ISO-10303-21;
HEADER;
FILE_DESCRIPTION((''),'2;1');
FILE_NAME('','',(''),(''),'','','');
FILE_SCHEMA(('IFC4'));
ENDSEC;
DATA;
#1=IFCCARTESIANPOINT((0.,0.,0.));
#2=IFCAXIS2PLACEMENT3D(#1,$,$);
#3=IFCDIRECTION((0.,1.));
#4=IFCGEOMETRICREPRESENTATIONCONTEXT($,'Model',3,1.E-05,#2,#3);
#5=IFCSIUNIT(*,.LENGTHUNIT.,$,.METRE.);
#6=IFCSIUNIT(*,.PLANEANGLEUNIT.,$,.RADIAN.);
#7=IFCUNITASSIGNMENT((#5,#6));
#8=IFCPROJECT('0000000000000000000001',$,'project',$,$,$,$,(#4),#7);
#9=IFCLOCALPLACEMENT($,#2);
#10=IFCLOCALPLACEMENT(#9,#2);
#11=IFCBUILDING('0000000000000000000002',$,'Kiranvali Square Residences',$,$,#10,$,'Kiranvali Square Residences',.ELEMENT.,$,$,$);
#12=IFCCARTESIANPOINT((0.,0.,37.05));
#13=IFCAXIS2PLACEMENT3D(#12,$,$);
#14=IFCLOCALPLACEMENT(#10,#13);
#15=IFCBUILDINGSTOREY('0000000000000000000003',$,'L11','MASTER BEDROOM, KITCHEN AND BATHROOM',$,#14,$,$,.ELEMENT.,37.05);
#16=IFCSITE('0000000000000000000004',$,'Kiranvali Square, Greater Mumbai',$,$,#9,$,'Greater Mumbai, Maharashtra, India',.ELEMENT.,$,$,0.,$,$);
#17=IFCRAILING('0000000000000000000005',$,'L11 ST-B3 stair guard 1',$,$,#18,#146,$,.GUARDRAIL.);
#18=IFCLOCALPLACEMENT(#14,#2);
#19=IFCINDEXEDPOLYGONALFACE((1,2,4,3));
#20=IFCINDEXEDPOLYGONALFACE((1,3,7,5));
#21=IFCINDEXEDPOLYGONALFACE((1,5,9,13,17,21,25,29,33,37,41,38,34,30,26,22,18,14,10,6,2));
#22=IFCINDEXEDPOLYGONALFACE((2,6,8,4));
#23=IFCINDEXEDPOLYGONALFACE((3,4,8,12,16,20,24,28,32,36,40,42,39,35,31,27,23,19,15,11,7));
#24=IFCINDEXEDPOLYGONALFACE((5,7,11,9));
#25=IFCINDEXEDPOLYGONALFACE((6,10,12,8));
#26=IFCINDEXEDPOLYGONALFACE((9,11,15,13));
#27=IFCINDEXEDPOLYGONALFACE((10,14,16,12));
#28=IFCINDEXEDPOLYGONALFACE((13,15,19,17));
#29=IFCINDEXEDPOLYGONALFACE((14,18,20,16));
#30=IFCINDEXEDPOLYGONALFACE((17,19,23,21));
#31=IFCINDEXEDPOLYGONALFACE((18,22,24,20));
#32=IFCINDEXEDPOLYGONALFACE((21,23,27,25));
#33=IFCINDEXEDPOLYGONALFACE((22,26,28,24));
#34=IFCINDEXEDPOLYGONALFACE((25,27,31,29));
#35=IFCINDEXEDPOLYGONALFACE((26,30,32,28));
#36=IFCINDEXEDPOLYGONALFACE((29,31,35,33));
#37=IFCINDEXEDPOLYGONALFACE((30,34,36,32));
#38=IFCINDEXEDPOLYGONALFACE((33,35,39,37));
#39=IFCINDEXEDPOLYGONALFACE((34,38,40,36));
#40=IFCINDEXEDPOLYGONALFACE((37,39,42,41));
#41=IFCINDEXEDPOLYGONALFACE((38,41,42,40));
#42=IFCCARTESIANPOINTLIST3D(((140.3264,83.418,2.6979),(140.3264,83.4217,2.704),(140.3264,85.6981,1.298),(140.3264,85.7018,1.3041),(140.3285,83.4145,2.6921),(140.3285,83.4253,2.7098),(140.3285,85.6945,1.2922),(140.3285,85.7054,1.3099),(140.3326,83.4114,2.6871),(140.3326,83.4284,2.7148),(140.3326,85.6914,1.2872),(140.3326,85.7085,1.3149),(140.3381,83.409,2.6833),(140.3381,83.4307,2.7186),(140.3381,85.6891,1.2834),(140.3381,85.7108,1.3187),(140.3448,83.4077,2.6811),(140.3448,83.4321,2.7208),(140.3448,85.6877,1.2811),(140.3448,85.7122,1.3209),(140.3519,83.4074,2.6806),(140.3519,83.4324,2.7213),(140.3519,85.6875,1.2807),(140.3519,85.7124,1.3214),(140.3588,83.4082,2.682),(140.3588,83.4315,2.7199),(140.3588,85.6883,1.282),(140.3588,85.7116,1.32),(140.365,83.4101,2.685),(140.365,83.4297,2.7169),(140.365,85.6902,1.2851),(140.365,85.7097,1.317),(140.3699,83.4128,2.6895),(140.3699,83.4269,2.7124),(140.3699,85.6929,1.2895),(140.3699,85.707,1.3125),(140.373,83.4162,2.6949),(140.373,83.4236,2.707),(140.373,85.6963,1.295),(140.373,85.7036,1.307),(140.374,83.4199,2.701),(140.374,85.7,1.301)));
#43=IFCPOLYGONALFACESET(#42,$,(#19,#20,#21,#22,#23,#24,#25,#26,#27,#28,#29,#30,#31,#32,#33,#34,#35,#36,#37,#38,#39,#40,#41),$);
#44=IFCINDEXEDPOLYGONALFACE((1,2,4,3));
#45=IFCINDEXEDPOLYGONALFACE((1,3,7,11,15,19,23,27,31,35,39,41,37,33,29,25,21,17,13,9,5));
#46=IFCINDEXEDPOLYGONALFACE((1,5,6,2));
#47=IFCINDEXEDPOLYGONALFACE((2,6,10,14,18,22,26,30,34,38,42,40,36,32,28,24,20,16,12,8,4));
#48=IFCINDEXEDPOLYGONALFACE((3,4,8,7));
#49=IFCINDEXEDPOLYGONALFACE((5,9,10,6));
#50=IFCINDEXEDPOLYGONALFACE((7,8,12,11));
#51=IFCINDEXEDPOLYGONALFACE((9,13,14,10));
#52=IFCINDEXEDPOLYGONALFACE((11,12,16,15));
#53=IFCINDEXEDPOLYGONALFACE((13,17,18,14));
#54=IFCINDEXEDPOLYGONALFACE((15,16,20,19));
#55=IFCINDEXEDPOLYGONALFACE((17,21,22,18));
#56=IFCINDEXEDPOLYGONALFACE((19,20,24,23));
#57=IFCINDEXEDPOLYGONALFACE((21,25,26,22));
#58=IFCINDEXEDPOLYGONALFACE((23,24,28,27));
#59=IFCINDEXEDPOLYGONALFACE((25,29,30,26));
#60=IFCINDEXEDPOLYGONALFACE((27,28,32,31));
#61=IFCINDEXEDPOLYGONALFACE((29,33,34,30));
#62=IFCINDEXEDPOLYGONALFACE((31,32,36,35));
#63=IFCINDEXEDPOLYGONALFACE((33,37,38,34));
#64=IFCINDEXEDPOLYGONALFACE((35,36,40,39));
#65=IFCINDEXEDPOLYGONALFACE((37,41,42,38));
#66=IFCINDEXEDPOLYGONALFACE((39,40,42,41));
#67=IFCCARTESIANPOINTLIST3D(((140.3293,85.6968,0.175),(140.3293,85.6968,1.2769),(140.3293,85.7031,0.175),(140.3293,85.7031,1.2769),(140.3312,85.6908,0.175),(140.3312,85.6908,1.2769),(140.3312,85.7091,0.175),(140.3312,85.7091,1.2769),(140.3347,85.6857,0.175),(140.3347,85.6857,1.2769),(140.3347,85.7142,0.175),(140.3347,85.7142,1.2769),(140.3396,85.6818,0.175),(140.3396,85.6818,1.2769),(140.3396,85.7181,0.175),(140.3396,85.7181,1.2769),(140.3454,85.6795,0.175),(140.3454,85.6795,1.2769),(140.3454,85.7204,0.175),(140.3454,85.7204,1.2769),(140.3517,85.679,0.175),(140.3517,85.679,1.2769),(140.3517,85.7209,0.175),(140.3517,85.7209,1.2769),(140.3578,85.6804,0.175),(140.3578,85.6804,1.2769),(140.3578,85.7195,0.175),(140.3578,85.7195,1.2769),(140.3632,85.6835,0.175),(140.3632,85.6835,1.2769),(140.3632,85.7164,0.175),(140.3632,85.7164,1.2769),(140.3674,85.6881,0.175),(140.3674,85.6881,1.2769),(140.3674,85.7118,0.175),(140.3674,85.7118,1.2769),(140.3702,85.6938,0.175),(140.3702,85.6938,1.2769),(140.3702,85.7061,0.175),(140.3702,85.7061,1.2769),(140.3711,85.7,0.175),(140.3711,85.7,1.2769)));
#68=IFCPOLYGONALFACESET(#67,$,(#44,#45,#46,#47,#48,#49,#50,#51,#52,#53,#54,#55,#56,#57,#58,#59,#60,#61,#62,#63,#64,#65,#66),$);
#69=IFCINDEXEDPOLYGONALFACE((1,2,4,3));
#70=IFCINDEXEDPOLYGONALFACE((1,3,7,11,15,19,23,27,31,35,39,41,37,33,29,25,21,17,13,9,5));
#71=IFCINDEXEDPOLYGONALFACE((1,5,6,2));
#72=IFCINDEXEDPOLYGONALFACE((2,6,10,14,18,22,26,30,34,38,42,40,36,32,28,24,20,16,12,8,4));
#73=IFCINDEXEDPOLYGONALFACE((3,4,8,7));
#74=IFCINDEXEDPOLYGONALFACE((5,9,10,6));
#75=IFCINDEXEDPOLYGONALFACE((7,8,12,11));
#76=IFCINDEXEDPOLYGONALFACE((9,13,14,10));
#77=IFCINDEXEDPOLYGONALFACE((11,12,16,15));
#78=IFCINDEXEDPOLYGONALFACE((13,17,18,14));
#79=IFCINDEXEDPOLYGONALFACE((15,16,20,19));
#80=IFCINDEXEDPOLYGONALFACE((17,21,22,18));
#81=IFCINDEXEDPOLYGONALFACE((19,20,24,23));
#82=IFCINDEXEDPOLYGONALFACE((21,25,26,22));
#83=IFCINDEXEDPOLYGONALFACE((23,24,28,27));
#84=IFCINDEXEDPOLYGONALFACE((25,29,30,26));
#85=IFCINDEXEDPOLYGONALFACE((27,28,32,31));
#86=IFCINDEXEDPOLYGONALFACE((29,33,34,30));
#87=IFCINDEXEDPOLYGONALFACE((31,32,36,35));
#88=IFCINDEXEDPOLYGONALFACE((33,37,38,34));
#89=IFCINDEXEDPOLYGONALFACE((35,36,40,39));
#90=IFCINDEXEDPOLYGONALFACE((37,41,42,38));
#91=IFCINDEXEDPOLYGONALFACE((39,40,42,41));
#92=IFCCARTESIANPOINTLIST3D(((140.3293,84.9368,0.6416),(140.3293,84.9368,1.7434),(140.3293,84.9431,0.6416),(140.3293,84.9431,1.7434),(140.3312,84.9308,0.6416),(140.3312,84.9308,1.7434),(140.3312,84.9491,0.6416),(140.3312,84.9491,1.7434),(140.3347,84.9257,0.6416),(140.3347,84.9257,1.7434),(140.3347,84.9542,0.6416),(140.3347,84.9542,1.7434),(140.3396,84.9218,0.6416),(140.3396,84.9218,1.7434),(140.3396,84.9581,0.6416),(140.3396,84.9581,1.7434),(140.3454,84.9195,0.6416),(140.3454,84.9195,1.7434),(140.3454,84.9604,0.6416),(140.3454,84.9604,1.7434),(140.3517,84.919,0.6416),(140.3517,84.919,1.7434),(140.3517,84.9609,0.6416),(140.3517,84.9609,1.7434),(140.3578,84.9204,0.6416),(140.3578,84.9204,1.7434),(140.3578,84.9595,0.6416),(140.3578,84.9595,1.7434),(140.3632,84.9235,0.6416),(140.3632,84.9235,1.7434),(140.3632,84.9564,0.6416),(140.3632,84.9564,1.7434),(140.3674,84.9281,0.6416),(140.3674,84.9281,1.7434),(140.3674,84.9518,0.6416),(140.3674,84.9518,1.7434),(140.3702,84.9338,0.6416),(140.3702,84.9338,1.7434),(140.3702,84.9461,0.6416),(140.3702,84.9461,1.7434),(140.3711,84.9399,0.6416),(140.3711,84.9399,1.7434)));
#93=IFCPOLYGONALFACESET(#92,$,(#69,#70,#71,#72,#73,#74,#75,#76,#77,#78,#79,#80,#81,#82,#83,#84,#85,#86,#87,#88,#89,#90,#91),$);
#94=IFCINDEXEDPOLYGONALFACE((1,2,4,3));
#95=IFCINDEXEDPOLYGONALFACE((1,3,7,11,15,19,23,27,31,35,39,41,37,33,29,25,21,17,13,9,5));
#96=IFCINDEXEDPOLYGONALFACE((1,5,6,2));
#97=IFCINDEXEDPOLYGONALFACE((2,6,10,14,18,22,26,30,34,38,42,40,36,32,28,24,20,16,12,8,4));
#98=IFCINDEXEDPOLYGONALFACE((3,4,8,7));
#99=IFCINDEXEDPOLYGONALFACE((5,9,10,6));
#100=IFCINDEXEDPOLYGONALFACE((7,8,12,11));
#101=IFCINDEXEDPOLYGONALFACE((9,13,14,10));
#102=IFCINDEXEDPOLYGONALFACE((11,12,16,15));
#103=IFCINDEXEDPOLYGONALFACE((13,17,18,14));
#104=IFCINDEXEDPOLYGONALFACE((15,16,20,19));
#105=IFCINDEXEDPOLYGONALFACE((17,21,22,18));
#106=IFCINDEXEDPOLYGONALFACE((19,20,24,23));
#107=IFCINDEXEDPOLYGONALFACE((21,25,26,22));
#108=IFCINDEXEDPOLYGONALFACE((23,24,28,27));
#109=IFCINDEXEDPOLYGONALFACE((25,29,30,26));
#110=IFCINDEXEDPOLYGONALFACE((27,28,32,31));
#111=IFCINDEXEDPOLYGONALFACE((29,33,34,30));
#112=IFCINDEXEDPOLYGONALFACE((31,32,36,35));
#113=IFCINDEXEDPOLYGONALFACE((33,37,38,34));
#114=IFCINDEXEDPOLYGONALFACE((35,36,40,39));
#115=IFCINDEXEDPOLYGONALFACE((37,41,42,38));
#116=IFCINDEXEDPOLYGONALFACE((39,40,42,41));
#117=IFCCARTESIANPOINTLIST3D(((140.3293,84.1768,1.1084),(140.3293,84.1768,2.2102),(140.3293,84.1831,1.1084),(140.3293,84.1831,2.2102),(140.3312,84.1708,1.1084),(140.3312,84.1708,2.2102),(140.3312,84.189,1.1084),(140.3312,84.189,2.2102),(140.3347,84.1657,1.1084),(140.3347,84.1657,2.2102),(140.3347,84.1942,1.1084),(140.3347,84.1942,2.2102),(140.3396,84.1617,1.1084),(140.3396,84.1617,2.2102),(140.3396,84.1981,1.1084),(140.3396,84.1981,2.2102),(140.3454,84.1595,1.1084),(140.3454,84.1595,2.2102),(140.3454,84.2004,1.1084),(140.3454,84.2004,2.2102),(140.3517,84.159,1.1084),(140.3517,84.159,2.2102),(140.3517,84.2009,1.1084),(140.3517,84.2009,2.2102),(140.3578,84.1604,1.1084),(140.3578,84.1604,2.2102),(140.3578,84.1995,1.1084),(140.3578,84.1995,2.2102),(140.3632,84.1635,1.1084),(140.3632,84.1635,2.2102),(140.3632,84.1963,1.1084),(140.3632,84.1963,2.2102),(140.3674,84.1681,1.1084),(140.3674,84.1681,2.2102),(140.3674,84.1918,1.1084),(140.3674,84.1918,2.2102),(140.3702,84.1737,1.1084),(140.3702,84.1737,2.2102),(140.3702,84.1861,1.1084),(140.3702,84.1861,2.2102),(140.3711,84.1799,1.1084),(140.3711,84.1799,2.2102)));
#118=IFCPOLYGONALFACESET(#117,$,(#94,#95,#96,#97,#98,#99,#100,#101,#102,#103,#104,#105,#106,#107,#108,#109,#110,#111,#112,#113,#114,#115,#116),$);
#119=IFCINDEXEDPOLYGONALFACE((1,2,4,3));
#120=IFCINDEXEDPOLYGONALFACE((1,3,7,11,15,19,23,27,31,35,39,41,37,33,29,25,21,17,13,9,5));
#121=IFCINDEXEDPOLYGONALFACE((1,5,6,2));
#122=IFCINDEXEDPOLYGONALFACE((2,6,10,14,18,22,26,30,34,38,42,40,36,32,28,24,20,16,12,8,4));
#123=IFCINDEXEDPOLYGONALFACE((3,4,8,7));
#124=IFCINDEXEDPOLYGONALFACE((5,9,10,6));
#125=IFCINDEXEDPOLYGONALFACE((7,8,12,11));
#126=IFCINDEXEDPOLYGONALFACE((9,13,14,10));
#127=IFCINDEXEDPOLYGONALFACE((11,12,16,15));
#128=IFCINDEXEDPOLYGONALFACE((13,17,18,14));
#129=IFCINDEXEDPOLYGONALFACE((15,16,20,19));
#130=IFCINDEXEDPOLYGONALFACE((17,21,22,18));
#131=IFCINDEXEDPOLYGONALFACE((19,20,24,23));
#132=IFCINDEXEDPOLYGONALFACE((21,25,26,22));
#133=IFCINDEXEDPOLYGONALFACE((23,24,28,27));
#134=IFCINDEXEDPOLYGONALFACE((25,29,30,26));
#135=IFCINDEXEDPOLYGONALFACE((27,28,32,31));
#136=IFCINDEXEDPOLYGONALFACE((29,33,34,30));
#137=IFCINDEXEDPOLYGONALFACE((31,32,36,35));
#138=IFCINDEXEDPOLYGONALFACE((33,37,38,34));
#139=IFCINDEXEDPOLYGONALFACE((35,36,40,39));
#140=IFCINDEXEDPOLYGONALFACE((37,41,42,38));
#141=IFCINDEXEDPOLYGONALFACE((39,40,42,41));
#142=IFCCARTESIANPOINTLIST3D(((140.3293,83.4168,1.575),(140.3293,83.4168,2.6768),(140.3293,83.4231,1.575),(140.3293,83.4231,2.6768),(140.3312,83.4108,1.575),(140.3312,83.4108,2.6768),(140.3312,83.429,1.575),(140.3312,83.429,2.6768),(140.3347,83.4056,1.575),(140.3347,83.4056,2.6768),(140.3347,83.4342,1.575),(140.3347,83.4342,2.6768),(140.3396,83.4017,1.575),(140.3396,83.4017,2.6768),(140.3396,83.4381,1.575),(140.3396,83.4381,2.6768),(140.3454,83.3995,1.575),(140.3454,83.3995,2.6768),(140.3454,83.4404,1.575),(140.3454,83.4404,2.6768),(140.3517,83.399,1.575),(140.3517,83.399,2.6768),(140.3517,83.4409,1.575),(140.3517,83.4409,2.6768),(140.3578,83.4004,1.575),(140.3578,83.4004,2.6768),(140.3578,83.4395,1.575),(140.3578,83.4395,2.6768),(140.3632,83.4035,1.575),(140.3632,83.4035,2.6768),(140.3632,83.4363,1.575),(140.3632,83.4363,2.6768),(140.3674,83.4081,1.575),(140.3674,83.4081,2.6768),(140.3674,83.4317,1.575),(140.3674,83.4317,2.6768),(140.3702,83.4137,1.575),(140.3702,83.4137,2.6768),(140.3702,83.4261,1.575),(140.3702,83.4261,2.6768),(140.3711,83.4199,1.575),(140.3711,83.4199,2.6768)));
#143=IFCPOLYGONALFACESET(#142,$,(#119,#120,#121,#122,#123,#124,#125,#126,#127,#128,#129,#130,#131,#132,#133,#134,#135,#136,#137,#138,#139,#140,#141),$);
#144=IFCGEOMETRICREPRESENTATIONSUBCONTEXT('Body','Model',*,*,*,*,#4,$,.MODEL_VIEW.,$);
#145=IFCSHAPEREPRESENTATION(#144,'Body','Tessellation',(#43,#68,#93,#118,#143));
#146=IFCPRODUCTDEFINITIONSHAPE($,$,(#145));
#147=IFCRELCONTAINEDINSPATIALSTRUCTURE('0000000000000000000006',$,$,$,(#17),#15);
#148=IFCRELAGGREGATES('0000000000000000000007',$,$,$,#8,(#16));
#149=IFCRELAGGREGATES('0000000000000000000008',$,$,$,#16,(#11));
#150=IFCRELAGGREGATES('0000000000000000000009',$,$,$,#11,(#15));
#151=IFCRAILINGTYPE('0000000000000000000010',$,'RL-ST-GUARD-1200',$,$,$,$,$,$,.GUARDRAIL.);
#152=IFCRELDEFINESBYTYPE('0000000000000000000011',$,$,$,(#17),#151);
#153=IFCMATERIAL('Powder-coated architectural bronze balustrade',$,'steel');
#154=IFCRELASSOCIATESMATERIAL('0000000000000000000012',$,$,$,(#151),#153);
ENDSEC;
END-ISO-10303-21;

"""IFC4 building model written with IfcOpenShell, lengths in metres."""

from ifc_helpers import new_model, si_unit, direction, frame, origin, origin_2d, place, context, subcontext, project, spatial, circle, extrude, material, type_object, element, save


model = new_model("IFC4")

# Units and contexts
model_context = context("Model", 3, precision=1e-05, world=origin(), true_north=direction((0.0, 1.0)))
body_context = subcontext(model_context, "Body", "Model", "MODEL_VIEW")
ifc_project = project(units=[si_unit("LENGTHUNIT", "METRE"), si_unit("PLANEANGLEUNIT", "RADIAN")], contexts=[model_context])

# Site, building, storey
site_placement = place(None, origin())
site = spatial("IfcSite", under=ifc_project, at=site_placement, Name="Kiranvali Square, Greater Mumbai", LongName="Greater Mumbai, Maharashtra, India", CompositionType="ELEMENT", RefElevation=0.0)
building_placement = place(site_placement, origin())
building = spatial("IfcBuilding", under=site, at=building_placement, Name="Kiranvali Square Residences", LongName="Kiranvali Square Residences", CompositionType="ELEMENT")
storey_placement = place(building_placement, frame((0.0, 0.0, 37.05)))
storey = spatial("IfcBuildingStorey", under=building, at=storey_placement, Name="L11", Description="MASTER BEDROOM, KITCHEN AND BATHROOM", CompositionType="ELEMENT", Elevation=37.05)

# Railing
ifc_material_1 = material(Name="Powder-coated architectural bronze balustrade", Category="steel")
railing_type_1 = type_object("IfcRailingType", Name="RL-ST-GUARD-1200", PredefinedType="GUARDRAIL", material=ifc_material_1)
railing_1_placement = place(storey_placement, frame((140.3501, 85.7, 0.175)))
element("IfcRailing", 1, at=railing_1_placement, inside=storey, type_object=railing_type_1, Name="L11 ST-B3 stair guard 1", PredefinedType="GUARDRAIL", context=body_context, shape_type="SweptSolid", body=[
    extrude(circle(Radius=0.0239, at=origin_2d()), frame((0.0, 0.0, 1.126), z_axis=(0.0, -0.85219, 0.523232), x_axis=(1.0, 0.0, 0.0)), (0.0, 0.0, 1.0), 2.6755),
    extrude(circle(Radius=0.021, at=origin_2d()), origin(), (0.0, 0.0, 1.0), 1.1018),
    extrude(circle(Radius=0.021, at=origin_2d()), frame((0.0, -0.76, 0.4666)), (0.0, 0.0, 1.0), 1.1018),
    extrude(circle(Radius=0.021, at=origin_2d()), frame((0.0, -1.52, 0.9333)), (0.0, 0.0, 1.0), 1.1018),
    extrude(circle(Radius=0.021, at=origin_2d()), frame((0.0, -2.28, 1.3999)), (0.0, 0.0, 1.0), 1.1018),
])

save(model, "model.ifc")
